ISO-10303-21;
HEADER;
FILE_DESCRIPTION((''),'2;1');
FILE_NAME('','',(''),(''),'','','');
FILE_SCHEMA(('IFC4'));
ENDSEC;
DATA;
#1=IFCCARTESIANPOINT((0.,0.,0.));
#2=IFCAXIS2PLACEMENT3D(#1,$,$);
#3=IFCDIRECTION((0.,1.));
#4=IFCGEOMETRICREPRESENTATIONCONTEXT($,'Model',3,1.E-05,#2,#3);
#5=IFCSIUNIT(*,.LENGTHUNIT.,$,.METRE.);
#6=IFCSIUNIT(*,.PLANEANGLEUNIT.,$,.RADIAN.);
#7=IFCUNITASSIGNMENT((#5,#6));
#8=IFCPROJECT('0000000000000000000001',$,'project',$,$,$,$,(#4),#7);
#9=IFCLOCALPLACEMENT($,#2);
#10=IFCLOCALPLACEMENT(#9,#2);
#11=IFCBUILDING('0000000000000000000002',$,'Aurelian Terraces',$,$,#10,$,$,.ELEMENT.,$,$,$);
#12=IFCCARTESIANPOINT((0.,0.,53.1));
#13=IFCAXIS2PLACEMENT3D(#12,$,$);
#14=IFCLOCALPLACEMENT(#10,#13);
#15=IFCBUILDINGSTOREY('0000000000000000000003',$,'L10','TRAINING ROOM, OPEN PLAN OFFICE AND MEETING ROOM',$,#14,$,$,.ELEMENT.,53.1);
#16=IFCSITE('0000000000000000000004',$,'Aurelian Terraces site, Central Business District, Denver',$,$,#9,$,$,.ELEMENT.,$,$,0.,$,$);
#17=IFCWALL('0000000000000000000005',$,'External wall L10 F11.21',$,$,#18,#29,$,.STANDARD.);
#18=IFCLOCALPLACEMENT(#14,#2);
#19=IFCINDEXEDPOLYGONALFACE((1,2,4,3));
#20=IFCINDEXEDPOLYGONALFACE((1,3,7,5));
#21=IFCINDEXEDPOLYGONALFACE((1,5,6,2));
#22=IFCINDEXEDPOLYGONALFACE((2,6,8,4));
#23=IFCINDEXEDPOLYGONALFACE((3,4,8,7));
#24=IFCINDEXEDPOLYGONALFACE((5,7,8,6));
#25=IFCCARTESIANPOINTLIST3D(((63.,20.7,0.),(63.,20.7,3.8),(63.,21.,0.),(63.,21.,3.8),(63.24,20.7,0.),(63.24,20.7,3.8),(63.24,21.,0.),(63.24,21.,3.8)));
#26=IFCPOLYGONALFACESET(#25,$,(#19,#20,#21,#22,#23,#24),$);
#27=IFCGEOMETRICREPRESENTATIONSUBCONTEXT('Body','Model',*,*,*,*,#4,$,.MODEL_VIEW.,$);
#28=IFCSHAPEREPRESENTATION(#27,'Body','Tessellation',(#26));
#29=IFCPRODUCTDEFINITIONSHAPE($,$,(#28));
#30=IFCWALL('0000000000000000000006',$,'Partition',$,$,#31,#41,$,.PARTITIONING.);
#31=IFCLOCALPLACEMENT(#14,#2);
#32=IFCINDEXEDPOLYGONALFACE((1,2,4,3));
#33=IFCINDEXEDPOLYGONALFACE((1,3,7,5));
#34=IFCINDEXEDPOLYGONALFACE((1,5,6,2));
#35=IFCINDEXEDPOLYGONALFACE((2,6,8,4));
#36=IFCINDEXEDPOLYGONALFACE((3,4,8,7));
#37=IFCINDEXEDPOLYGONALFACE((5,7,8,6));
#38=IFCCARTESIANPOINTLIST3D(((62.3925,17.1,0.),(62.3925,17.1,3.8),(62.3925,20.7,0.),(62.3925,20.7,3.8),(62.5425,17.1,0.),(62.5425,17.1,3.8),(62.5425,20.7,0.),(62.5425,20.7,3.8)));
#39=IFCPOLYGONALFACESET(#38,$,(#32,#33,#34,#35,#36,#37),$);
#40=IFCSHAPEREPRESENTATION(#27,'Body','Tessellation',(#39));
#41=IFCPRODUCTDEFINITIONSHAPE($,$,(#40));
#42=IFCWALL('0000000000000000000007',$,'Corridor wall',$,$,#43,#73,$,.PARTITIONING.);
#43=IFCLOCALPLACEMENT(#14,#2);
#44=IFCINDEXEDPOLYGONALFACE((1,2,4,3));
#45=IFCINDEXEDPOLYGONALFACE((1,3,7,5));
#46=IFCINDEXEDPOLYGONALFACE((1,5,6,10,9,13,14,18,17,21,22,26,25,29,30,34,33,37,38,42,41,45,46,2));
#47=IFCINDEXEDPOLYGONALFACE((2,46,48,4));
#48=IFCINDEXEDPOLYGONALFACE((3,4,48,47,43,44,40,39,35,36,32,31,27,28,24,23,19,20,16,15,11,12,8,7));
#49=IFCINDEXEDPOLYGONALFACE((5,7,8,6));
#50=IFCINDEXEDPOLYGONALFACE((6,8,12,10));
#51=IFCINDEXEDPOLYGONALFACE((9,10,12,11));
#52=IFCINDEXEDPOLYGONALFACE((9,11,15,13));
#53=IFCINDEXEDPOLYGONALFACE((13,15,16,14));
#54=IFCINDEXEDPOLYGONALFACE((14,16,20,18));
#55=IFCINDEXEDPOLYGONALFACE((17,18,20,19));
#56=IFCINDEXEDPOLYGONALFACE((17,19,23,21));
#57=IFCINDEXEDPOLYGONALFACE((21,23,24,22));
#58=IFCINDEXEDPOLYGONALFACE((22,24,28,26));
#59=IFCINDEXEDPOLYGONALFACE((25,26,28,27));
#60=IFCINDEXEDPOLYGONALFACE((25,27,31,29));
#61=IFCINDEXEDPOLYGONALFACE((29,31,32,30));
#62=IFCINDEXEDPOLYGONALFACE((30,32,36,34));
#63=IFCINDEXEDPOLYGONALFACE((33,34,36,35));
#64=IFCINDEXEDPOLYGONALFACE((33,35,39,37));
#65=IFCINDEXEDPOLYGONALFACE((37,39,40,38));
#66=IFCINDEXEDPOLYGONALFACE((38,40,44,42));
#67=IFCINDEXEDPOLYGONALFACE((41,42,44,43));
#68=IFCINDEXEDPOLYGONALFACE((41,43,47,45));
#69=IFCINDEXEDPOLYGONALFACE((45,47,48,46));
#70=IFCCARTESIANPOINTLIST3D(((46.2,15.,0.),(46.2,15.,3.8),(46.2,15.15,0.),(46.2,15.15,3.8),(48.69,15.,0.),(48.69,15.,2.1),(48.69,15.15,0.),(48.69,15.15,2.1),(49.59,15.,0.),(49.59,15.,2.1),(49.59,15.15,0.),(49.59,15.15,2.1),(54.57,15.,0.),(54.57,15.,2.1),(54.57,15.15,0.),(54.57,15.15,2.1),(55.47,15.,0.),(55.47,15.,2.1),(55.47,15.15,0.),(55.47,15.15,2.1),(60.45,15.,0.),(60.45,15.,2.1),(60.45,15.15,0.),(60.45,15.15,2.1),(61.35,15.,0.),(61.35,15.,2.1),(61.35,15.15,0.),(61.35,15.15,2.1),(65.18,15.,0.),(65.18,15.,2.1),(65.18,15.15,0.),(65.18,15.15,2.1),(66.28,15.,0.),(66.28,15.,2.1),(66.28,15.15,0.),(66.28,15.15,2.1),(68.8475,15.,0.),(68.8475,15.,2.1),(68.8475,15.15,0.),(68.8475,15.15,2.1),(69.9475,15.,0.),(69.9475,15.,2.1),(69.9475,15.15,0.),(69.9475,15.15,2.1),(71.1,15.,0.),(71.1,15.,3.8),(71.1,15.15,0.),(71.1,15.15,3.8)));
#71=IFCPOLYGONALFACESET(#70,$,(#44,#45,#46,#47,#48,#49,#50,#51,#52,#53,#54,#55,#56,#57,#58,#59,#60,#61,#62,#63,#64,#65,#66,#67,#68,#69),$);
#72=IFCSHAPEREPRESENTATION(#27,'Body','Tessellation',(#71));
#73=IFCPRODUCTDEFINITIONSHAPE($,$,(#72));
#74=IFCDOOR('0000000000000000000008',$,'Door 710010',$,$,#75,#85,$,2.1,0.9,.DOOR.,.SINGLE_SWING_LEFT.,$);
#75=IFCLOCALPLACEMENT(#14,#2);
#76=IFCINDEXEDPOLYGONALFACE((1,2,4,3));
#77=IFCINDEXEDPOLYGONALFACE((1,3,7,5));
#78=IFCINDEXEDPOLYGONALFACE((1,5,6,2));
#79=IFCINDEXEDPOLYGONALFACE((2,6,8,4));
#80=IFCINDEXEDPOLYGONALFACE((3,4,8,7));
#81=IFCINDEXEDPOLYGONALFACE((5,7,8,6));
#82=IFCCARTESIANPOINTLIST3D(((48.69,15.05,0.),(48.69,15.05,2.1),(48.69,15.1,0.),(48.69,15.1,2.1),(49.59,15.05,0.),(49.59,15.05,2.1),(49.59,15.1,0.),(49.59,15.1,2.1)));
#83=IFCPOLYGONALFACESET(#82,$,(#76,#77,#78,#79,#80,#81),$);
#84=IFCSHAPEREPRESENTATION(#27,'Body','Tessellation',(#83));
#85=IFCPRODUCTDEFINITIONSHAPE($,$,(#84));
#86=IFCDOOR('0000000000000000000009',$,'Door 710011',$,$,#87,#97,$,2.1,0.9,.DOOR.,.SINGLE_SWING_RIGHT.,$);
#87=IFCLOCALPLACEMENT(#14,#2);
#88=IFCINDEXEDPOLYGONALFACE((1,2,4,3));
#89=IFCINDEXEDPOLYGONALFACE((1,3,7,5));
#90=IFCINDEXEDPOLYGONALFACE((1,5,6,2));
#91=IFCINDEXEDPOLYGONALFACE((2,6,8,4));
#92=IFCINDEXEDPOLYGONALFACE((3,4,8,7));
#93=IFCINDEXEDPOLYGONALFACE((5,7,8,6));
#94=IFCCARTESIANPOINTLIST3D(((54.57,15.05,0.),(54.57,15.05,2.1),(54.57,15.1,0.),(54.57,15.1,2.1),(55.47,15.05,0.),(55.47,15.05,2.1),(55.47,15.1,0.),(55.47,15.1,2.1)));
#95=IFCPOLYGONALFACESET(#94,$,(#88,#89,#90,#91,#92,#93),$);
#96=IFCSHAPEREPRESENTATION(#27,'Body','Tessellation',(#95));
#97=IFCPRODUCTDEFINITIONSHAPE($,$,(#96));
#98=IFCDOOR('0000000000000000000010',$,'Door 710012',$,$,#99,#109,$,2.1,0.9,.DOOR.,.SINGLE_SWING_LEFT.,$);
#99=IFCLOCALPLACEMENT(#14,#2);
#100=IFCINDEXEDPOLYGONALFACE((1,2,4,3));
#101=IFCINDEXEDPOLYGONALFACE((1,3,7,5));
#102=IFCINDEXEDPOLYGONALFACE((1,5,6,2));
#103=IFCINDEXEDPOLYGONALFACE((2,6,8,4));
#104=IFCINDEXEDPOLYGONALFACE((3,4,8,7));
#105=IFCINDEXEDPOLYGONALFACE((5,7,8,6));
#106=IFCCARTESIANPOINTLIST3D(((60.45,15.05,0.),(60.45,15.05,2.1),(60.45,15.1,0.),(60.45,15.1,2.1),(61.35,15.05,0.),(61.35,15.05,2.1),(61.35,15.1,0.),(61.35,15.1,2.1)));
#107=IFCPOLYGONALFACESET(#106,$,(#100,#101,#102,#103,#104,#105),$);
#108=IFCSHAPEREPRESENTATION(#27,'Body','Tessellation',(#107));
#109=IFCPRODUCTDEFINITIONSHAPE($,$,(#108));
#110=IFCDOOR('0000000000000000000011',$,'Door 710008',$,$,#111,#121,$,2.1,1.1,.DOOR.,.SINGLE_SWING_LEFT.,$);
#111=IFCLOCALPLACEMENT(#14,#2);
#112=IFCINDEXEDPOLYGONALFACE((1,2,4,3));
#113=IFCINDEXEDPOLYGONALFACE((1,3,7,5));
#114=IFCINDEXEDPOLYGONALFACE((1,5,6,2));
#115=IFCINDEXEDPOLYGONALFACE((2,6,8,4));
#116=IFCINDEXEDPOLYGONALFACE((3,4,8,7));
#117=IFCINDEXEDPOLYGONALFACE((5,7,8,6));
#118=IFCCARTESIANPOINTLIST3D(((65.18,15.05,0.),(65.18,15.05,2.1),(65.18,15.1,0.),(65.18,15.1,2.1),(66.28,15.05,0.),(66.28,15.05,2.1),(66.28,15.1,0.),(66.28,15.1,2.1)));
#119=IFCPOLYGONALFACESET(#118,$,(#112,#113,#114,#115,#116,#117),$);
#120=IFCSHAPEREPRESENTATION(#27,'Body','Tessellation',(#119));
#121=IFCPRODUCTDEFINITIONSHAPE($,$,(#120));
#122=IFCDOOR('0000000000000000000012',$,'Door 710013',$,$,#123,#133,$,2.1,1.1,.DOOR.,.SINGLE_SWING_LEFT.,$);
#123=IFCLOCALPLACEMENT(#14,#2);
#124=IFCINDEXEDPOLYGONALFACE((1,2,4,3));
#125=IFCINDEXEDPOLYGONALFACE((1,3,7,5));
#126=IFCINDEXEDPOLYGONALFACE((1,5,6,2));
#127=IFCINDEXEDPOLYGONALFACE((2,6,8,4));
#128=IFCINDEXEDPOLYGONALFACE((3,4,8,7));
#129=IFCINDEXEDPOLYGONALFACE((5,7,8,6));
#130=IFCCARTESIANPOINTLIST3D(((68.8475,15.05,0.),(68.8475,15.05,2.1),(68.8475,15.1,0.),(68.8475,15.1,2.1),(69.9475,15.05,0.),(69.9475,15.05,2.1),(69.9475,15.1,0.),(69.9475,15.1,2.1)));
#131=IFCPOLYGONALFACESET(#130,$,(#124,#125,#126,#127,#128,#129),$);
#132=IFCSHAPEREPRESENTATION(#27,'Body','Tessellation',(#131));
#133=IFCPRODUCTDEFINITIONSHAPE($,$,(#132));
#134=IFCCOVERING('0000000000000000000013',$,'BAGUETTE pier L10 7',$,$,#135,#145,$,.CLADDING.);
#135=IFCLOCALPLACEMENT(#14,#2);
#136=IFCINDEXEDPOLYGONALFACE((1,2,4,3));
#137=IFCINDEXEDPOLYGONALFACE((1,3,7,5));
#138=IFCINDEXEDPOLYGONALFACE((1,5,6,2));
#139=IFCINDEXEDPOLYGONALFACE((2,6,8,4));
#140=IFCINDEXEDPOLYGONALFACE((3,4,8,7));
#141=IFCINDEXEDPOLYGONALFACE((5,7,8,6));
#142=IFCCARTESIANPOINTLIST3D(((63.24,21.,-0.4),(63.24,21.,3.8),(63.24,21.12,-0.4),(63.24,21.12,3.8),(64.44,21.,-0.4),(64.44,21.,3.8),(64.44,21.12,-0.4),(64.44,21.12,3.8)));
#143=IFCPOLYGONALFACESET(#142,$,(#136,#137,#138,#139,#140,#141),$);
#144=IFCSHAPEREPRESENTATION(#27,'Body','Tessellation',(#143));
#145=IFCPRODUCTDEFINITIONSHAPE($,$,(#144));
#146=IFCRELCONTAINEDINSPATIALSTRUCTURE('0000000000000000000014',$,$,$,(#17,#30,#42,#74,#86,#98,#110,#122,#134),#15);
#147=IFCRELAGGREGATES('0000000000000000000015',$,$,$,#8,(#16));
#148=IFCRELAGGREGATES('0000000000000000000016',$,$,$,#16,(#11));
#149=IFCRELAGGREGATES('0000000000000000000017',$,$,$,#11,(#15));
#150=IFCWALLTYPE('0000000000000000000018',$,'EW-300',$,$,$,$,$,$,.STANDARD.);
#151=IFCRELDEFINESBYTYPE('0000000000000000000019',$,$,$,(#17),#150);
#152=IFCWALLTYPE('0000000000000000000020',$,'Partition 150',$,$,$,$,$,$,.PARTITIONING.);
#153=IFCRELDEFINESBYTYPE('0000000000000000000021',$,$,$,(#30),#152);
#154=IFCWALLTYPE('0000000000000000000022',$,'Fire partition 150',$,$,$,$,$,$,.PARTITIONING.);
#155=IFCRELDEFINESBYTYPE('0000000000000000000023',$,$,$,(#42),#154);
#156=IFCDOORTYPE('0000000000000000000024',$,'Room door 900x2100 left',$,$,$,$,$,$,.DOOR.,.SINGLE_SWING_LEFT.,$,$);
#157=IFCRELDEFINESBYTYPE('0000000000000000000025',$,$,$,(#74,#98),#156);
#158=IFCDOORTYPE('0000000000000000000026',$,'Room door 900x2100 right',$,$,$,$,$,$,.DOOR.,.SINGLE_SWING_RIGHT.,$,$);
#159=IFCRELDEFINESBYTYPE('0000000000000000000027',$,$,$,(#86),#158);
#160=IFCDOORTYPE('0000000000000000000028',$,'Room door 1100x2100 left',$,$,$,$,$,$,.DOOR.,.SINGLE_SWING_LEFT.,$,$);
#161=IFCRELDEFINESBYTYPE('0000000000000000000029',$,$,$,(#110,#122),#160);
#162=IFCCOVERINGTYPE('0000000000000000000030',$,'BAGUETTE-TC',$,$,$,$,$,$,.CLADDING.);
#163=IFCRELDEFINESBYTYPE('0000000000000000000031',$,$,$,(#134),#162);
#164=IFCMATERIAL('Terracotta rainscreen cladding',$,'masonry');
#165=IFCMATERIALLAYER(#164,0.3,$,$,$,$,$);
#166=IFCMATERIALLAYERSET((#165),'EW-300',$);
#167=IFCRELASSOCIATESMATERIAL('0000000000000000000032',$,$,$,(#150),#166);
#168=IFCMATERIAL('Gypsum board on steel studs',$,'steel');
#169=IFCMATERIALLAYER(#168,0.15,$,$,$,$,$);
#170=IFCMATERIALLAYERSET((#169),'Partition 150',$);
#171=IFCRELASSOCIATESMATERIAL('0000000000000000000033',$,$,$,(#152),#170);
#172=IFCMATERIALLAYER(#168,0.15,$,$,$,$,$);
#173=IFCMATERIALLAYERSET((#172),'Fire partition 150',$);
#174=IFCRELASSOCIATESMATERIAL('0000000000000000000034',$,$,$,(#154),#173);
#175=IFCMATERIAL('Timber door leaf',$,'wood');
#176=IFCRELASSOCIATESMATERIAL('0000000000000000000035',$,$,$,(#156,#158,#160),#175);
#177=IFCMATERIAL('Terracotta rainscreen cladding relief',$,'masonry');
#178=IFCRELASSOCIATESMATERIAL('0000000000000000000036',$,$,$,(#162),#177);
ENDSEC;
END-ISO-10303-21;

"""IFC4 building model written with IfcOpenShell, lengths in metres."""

from ifc_helpers import new_model, si_unit, direction, frame, frame_2d, origin, origin_2d, place, context, subcontext, project, spatial, rectangle, extrude, source, transform, mapped, material, layer, layer_set, type_object, element, fill, save


model = new_model("IFC4")

# Units and contexts
model_context = context("Model", 3, precision=1e-05, world=origin(), true_north=direction((0.0, 1.0)))
body_context = subcontext(model_context, "Body", "Model", "MODEL_VIEW")
ifc_project = project(units=[si_unit("LENGTHUNIT", "METRE"), si_unit("PLANEANGLEUNIT", "RADIAN")], contexts=[model_context])

# Site, building, storey
site_placement = place(None, origin())
site = spatial("IfcSite", under=ifc_project, at=site_placement, Name="Aurelian Terraces site, Central Business District, Denver", CompositionType="ELEMENT", RefElevation=0.0)
building_placement = place(site_placement, origin())
building = spatial("IfcBuilding", under=site, at=building_placement, Name="Aurelian Terraces", CompositionType="ELEMENT")
storey_placement = place(building_placement, frame((0.0, 0.0, 53.1)))
storey = spatial("IfcBuildingStorey", under=building, at=storey_placement, Name="L10", Description="TRAINING ROOM, OPEN PLAN OFFICE AND MEETING ROOM", CompositionType="ELEMENT", Elevation=53.1)

# Shared definitions
ifc_material_1 = material(Name="Terracotta rainscreen cladding", Category="masonry")
ifc_layer_1 = layer(ifc_material_1, 0.3)
ifc_layer_set_1 = layer_set([ifc_layer_1], Name="EW-300")
wall_type_1 = type_object("IfcWallType", Name="EW-300", PredefinedType="STANDARD", material=ifc_layer_set_1)

# Walls
shared_shape_1 = source(origin(), body_context, "Body", "SweptSolid", [
    extrude(rectangle(XDim=0.24, YDim=0.3, at=frame_2d((0.12, 0.0))), origin(), (0.0, 0.0, 1.0), 3.8),
])
wall_1_placement = place(storey_placement, frame((63.24, 20.85, 0.0), z_axis=(0.0, 0.0, 1.0), x_axis=(-1.0, 0.0, 0.0)))
element("IfcWall", 1, at=wall_1_placement, inside=storey, type_object=wall_type_1, Name="External wall L10 F11.21", PredefinedType="STANDARD", context=body_context, shape_type="MappedRepresentation", body=[
    mapped(shared_shape_1, transform((0.0, 0.0, 0.0), scale=1.0)),
])
ifc_material_2 = material(Name="Gypsum board on steel studs", Category="steel")
ifc_layer_2 = layer(ifc_material_2, 0.15)
ifc_layer_set_2 = layer_set([ifc_layer_2], Name="Partition 150")
wall_type_2 = type_object("IfcWallType", Name="Partition 150", PredefinedType="PARTITIONING", material=ifc_layer_set_2)
shared_shape_2 = source(origin(), body_context, "Body", "SweptSolid", [
    extrude(rectangle(XDim=3.6, YDim=0.15, at=frame_2d((1.8, 0.0))), origin(), (0.0, 0.0, 1.0), 3.8),
])
wall_2_placement = place(storey_placement, frame((62.4675, 20.7, 0.0), z_axis=(0.0, 0.0, 1.0), x_axis=(0.0, -1.0, 0.0)))
element("IfcWall", 2, at=wall_2_placement, inside=storey, type_object=wall_type_2, Name="Partition", PredefinedType="PARTITIONING", context=body_context, shape_type="MappedRepresentation", body=[
    mapped(shared_shape_2, transform((0.0, 0.0, 0.0), scale=1.0)),
])

# Wall, openings, doors
ifc_layer_3 = layer(ifc_material_2, 0.15)
ifc_layer_set_3 = layer_set([ifc_layer_3], Name="Fire partition 150")
wall_type_3 = type_object("IfcWallType", Name="Fire partition 150", PredefinedType="PARTITIONING", material=ifc_layer_set_3)
shared_shape_3 = source(origin(), body_context, "Body", "SweptSolid", [
    extrude(rectangle(XDim=24.9, YDim=0.15, at=frame_2d((12.45, 0.0))), origin(), (0.0, 0.0, 1.0), 3.8),
])
wall_3_placement = place(storey_placement, frame((71.1, 15.075, 0.0), z_axis=(0.0, 0.0, 1.0), x_axis=(-1.0, 0.0, 0.0)))
wall_3 = element("IfcWall", 3, at=wall_3_placement, inside=storey, type_object=wall_type_3, Name="Corridor wall", PredefinedType="PARTITIONING", context=body_context, shape_type="MappedRepresentation", body=[
    mapped(shared_shape_3, transform((0.0, 0.0, 0.0), scale=1.0)),
])
shared_shape_4 = source(origin(), body_context, "Body", "SweptSolid", [
    extrude(rectangle(XDim=1.1, YDim=2.1, at=frame_2d((0.55, 1.05))), frame((0.0, 0.085, 0.0), z_axis=(0.0, -1.0, 0.0), x_axis=(1.0, 0.0, 0.0)), (0.0, 0.0, 1.0), 0.17),
])
opening_1_placement = place(wall_3_placement, frame((4.82, 0.0, 0.0)))
opening_1 = element("IfcOpeningElement", 4, at=opening_1_placement, cuts=wall_3, PredefinedType="OPENING", context=body_context, shape_type="MappedRepresentation", body=[
    mapped(shared_shape_4, transform((0.0, 0.0, 0.0), scale=1.0)),
])
shared_shape_5 = source(origin(), body_context, "Body", "SweptSolid", [
    extrude(rectangle(XDim=0.9, YDim=2.1, at=frame_2d((0.45, 1.05))), frame((0.0, 0.085, 0.0), z_axis=(0.0, -1.0, 0.0), x_axis=(1.0, 0.0, 0.0)), (0.0, 0.0, 1.0), 0.17),
])
opening_2_placement = place(wall_3_placement, frame((21.51, 0.0, 0.0)))
opening_2 = element("IfcOpeningElement", 5, at=opening_2_placement, cuts=wall_3, PredefinedType="OPENING", context=body_context, shape_type="MappedRepresentation", body=[
    mapped(shared_shape_5, transform((0.0, 0.0, 0.0), scale=1.0)),
])
opening_3_placement = place(wall_3_placement, frame((15.63, 0.0, 0.0)))
opening_3 = element("IfcOpeningElement", 6, at=opening_3_placement, cuts=wall_3, PredefinedType="OPENING", context=body_context, shape_type="MappedRepresentation", body=[
    mapped(shared_shape_5, transform((0.0, 0.0, 0.0), scale=1.0)),
])
opening_4_placement = place(wall_3_placement, frame((9.75, 0.0, 0.0)))
opening_4 = element("IfcOpeningElement", 7, at=opening_4_placement, cuts=wall_3, PredefinedType="OPENING", context=body_context, shape_type="MappedRepresentation", body=[
    mapped(shared_shape_5, transform((0.0, 0.0, 0.0), scale=1.0)),
])
opening_5_placement = place(wall_3_placement, frame((1.1525, 0.0, 0.0)))
opening_5 = element("IfcOpeningElement", 8, at=opening_5_placement, cuts=wall_3, PredefinedType="OPENING", context=body_context, shape_type="MappedRepresentation", body=[
    mapped(shared_shape_4, transform((0.0, 0.0, 0.0), scale=1.0)),
])
ifc_material_3 = material(Name="Timber door leaf", Category="wood")
door_type_1 = type_object("IfcDoorType", Name="Room door 900x2100 left", OperationType="SINGLE_SWING_LEFT", PredefinedType="DOOR", material=ifc_material_3)
shared_shape_6 = source(origin(), body_context, "Body", "SweptSolid", [
    extrude(rectangle(XDim=0.9, YDim=2.1, at=frame_2d((0.45, 1.05))), frame((0.0, 0.025, 0.0), z_axis=(0.0, -1.0, 0.0), x_axis=(1.0, 0.0, 0.0)), (0.0, 0.0, 1.0), 0.05),
])
door_1_placement = place(opening_2_placement, origin())
door_1 = element("IfcDoor", 9, at=door_1_placement, inside=storey, type_object=door_type_1, Name="Door 710010", OperationType="SINGLE_SWING_LEFT", OverallHeight=2.1, OverallWidth=0.9, PredefinedType="DOOR", context=body_context, shape_type="MappedRepresentation", body=[
    mapped(shared_shape_6, transform((0.0, 0.0, 0.0), scale=1.0)),
])
fill(opening_2, door_1)
door_type_2 = type_object("IfcDoorType", Name="Room door 900x2100 right", OperationType="SINGLE_SWING_RIGHT", PredefinedType="DOOR", material=ifc_material_3)
door_2_placement = place(opening_3_placement, origin())
door_2 = element("IfcDoor", 10, at=door_2_placement, inside=storey, type_object=door_type_2, Name="Door 710011", OperationType="SINGLE_SWING_RIGHT", OverallHeight=2.1, OverallWidth=0.9, PredefinedType="DOOR", context=body_context, shape_type="MappedRepresentation", body=[
    mapped(shared_shape_6, transform((0.0, 0.0, 0.0), scale=1.0)),
])
fill(opening_3, door_2)
door_3_placement = place(opening_4_placement, origin())
door_3 = element("IfcDoor", 11, at=door_3_placement, inside=storey, type_object=door_type_1, Name="Door 710012", OperationType="SINGLE_SWING_LEFT", OverallHeight=2.1, OverallWidth=0.9, PredefinedType="DOOR", context=body_context, shape_type="MappedRepresentation", body=[
    mapped(shared_shape_6, transform((0.0, 0.0, 0.0), scale=1.0)),
])
fill(opening_4, door_3)
door_type_3 = type_object("IfcDoorType", Name="Room door 1100x2100 left", OperationType="SINGLE_SWING_LEFT", PredefinedType="DOOR", material=ifc_material_3)
shared_shape_7 = source(origin(), body_context, "Body", "SweptSolid", [
    extrude(rectangle(XDim=1.1, YDim=2.1, at=frame_2d((0.55, 1.05))), frame((0.0, 0.025, 0.0), z_axis=(0.0, -1.0, 0.0), x_axis=(1.0, 0.0, 0.0)), (0.0, 0.0, 1.0), 0.05),
])
door_4_placement = place(opening_1_placement, origin())
door_4 = element("IfcDoor", 12, at=door_4_placement, inside=storey, type_object=door_type_3, Name="Door 710008", OperationType="SINGLE_SWING_LEFT", OverallHeight=2.1, OverallWidth=1.1, PredefinedType="DOOR", context=body_context, shape_type="MappedRepresentation", body=[
    mapped(shared_shape_7, transform((0.0, 0.0, 0.0), scale=1.0)),
])
fill(opening_1, door_4)
door_5_placement = place(opening_5_placement, origin())
door_5 = element("IfcDoor", 13, at=door_5_placement, inside=storey, type_object=door_type_3, Name="Door 710013", OperationType="SINGLE_SWING_LEFT", OverallHeight=2.1, OverallWidth=1.1, PredefinedType="DOOR", context=body_context, shape_type="MappedRepresentation", body=[
    mapped(shared_shape_7, transform((0.0, 0.0, 0.0), scale=1.0)),
])
fill(opening_5, door_5)

# Covering
ifc_material_4 = material(Name="Terracotta rainscreen cladding relief", Category="masonry")
covering_type = type_object("IfcCoveringType", Name="BAGUETTE-TC", PredefinedType="CLADDING", material=ifc_material_4)
shared_shape_8 = source(origin(), body_context, "Body", "SweptSolid", [
    extrude(rectangle(XDim=1.2, YDim=0.12, at=origin_2d()), origin(), (0.0, 0.0, 1.0), 4.2),
])
covering_placement = place(storey_placement, frame((63.84, 21.06, -0.4), z_axis=(0.0, 0.0, 1.0), x_axis=(1.0, 0.0, 0.0)))
element("IfcCovering", 14, at=covering_placement, inside=storey, type_object=covering_type, Name="BAGUETTE pier L10 7", PredefinedType="CLADDING", context=body_context, shape_type="MappedRepresentation", body=[
    mapped(shared_shape_8, transform((0.0, 0.0, 0.0), scale=1.0)),
])

save(model, "model.ifc")
